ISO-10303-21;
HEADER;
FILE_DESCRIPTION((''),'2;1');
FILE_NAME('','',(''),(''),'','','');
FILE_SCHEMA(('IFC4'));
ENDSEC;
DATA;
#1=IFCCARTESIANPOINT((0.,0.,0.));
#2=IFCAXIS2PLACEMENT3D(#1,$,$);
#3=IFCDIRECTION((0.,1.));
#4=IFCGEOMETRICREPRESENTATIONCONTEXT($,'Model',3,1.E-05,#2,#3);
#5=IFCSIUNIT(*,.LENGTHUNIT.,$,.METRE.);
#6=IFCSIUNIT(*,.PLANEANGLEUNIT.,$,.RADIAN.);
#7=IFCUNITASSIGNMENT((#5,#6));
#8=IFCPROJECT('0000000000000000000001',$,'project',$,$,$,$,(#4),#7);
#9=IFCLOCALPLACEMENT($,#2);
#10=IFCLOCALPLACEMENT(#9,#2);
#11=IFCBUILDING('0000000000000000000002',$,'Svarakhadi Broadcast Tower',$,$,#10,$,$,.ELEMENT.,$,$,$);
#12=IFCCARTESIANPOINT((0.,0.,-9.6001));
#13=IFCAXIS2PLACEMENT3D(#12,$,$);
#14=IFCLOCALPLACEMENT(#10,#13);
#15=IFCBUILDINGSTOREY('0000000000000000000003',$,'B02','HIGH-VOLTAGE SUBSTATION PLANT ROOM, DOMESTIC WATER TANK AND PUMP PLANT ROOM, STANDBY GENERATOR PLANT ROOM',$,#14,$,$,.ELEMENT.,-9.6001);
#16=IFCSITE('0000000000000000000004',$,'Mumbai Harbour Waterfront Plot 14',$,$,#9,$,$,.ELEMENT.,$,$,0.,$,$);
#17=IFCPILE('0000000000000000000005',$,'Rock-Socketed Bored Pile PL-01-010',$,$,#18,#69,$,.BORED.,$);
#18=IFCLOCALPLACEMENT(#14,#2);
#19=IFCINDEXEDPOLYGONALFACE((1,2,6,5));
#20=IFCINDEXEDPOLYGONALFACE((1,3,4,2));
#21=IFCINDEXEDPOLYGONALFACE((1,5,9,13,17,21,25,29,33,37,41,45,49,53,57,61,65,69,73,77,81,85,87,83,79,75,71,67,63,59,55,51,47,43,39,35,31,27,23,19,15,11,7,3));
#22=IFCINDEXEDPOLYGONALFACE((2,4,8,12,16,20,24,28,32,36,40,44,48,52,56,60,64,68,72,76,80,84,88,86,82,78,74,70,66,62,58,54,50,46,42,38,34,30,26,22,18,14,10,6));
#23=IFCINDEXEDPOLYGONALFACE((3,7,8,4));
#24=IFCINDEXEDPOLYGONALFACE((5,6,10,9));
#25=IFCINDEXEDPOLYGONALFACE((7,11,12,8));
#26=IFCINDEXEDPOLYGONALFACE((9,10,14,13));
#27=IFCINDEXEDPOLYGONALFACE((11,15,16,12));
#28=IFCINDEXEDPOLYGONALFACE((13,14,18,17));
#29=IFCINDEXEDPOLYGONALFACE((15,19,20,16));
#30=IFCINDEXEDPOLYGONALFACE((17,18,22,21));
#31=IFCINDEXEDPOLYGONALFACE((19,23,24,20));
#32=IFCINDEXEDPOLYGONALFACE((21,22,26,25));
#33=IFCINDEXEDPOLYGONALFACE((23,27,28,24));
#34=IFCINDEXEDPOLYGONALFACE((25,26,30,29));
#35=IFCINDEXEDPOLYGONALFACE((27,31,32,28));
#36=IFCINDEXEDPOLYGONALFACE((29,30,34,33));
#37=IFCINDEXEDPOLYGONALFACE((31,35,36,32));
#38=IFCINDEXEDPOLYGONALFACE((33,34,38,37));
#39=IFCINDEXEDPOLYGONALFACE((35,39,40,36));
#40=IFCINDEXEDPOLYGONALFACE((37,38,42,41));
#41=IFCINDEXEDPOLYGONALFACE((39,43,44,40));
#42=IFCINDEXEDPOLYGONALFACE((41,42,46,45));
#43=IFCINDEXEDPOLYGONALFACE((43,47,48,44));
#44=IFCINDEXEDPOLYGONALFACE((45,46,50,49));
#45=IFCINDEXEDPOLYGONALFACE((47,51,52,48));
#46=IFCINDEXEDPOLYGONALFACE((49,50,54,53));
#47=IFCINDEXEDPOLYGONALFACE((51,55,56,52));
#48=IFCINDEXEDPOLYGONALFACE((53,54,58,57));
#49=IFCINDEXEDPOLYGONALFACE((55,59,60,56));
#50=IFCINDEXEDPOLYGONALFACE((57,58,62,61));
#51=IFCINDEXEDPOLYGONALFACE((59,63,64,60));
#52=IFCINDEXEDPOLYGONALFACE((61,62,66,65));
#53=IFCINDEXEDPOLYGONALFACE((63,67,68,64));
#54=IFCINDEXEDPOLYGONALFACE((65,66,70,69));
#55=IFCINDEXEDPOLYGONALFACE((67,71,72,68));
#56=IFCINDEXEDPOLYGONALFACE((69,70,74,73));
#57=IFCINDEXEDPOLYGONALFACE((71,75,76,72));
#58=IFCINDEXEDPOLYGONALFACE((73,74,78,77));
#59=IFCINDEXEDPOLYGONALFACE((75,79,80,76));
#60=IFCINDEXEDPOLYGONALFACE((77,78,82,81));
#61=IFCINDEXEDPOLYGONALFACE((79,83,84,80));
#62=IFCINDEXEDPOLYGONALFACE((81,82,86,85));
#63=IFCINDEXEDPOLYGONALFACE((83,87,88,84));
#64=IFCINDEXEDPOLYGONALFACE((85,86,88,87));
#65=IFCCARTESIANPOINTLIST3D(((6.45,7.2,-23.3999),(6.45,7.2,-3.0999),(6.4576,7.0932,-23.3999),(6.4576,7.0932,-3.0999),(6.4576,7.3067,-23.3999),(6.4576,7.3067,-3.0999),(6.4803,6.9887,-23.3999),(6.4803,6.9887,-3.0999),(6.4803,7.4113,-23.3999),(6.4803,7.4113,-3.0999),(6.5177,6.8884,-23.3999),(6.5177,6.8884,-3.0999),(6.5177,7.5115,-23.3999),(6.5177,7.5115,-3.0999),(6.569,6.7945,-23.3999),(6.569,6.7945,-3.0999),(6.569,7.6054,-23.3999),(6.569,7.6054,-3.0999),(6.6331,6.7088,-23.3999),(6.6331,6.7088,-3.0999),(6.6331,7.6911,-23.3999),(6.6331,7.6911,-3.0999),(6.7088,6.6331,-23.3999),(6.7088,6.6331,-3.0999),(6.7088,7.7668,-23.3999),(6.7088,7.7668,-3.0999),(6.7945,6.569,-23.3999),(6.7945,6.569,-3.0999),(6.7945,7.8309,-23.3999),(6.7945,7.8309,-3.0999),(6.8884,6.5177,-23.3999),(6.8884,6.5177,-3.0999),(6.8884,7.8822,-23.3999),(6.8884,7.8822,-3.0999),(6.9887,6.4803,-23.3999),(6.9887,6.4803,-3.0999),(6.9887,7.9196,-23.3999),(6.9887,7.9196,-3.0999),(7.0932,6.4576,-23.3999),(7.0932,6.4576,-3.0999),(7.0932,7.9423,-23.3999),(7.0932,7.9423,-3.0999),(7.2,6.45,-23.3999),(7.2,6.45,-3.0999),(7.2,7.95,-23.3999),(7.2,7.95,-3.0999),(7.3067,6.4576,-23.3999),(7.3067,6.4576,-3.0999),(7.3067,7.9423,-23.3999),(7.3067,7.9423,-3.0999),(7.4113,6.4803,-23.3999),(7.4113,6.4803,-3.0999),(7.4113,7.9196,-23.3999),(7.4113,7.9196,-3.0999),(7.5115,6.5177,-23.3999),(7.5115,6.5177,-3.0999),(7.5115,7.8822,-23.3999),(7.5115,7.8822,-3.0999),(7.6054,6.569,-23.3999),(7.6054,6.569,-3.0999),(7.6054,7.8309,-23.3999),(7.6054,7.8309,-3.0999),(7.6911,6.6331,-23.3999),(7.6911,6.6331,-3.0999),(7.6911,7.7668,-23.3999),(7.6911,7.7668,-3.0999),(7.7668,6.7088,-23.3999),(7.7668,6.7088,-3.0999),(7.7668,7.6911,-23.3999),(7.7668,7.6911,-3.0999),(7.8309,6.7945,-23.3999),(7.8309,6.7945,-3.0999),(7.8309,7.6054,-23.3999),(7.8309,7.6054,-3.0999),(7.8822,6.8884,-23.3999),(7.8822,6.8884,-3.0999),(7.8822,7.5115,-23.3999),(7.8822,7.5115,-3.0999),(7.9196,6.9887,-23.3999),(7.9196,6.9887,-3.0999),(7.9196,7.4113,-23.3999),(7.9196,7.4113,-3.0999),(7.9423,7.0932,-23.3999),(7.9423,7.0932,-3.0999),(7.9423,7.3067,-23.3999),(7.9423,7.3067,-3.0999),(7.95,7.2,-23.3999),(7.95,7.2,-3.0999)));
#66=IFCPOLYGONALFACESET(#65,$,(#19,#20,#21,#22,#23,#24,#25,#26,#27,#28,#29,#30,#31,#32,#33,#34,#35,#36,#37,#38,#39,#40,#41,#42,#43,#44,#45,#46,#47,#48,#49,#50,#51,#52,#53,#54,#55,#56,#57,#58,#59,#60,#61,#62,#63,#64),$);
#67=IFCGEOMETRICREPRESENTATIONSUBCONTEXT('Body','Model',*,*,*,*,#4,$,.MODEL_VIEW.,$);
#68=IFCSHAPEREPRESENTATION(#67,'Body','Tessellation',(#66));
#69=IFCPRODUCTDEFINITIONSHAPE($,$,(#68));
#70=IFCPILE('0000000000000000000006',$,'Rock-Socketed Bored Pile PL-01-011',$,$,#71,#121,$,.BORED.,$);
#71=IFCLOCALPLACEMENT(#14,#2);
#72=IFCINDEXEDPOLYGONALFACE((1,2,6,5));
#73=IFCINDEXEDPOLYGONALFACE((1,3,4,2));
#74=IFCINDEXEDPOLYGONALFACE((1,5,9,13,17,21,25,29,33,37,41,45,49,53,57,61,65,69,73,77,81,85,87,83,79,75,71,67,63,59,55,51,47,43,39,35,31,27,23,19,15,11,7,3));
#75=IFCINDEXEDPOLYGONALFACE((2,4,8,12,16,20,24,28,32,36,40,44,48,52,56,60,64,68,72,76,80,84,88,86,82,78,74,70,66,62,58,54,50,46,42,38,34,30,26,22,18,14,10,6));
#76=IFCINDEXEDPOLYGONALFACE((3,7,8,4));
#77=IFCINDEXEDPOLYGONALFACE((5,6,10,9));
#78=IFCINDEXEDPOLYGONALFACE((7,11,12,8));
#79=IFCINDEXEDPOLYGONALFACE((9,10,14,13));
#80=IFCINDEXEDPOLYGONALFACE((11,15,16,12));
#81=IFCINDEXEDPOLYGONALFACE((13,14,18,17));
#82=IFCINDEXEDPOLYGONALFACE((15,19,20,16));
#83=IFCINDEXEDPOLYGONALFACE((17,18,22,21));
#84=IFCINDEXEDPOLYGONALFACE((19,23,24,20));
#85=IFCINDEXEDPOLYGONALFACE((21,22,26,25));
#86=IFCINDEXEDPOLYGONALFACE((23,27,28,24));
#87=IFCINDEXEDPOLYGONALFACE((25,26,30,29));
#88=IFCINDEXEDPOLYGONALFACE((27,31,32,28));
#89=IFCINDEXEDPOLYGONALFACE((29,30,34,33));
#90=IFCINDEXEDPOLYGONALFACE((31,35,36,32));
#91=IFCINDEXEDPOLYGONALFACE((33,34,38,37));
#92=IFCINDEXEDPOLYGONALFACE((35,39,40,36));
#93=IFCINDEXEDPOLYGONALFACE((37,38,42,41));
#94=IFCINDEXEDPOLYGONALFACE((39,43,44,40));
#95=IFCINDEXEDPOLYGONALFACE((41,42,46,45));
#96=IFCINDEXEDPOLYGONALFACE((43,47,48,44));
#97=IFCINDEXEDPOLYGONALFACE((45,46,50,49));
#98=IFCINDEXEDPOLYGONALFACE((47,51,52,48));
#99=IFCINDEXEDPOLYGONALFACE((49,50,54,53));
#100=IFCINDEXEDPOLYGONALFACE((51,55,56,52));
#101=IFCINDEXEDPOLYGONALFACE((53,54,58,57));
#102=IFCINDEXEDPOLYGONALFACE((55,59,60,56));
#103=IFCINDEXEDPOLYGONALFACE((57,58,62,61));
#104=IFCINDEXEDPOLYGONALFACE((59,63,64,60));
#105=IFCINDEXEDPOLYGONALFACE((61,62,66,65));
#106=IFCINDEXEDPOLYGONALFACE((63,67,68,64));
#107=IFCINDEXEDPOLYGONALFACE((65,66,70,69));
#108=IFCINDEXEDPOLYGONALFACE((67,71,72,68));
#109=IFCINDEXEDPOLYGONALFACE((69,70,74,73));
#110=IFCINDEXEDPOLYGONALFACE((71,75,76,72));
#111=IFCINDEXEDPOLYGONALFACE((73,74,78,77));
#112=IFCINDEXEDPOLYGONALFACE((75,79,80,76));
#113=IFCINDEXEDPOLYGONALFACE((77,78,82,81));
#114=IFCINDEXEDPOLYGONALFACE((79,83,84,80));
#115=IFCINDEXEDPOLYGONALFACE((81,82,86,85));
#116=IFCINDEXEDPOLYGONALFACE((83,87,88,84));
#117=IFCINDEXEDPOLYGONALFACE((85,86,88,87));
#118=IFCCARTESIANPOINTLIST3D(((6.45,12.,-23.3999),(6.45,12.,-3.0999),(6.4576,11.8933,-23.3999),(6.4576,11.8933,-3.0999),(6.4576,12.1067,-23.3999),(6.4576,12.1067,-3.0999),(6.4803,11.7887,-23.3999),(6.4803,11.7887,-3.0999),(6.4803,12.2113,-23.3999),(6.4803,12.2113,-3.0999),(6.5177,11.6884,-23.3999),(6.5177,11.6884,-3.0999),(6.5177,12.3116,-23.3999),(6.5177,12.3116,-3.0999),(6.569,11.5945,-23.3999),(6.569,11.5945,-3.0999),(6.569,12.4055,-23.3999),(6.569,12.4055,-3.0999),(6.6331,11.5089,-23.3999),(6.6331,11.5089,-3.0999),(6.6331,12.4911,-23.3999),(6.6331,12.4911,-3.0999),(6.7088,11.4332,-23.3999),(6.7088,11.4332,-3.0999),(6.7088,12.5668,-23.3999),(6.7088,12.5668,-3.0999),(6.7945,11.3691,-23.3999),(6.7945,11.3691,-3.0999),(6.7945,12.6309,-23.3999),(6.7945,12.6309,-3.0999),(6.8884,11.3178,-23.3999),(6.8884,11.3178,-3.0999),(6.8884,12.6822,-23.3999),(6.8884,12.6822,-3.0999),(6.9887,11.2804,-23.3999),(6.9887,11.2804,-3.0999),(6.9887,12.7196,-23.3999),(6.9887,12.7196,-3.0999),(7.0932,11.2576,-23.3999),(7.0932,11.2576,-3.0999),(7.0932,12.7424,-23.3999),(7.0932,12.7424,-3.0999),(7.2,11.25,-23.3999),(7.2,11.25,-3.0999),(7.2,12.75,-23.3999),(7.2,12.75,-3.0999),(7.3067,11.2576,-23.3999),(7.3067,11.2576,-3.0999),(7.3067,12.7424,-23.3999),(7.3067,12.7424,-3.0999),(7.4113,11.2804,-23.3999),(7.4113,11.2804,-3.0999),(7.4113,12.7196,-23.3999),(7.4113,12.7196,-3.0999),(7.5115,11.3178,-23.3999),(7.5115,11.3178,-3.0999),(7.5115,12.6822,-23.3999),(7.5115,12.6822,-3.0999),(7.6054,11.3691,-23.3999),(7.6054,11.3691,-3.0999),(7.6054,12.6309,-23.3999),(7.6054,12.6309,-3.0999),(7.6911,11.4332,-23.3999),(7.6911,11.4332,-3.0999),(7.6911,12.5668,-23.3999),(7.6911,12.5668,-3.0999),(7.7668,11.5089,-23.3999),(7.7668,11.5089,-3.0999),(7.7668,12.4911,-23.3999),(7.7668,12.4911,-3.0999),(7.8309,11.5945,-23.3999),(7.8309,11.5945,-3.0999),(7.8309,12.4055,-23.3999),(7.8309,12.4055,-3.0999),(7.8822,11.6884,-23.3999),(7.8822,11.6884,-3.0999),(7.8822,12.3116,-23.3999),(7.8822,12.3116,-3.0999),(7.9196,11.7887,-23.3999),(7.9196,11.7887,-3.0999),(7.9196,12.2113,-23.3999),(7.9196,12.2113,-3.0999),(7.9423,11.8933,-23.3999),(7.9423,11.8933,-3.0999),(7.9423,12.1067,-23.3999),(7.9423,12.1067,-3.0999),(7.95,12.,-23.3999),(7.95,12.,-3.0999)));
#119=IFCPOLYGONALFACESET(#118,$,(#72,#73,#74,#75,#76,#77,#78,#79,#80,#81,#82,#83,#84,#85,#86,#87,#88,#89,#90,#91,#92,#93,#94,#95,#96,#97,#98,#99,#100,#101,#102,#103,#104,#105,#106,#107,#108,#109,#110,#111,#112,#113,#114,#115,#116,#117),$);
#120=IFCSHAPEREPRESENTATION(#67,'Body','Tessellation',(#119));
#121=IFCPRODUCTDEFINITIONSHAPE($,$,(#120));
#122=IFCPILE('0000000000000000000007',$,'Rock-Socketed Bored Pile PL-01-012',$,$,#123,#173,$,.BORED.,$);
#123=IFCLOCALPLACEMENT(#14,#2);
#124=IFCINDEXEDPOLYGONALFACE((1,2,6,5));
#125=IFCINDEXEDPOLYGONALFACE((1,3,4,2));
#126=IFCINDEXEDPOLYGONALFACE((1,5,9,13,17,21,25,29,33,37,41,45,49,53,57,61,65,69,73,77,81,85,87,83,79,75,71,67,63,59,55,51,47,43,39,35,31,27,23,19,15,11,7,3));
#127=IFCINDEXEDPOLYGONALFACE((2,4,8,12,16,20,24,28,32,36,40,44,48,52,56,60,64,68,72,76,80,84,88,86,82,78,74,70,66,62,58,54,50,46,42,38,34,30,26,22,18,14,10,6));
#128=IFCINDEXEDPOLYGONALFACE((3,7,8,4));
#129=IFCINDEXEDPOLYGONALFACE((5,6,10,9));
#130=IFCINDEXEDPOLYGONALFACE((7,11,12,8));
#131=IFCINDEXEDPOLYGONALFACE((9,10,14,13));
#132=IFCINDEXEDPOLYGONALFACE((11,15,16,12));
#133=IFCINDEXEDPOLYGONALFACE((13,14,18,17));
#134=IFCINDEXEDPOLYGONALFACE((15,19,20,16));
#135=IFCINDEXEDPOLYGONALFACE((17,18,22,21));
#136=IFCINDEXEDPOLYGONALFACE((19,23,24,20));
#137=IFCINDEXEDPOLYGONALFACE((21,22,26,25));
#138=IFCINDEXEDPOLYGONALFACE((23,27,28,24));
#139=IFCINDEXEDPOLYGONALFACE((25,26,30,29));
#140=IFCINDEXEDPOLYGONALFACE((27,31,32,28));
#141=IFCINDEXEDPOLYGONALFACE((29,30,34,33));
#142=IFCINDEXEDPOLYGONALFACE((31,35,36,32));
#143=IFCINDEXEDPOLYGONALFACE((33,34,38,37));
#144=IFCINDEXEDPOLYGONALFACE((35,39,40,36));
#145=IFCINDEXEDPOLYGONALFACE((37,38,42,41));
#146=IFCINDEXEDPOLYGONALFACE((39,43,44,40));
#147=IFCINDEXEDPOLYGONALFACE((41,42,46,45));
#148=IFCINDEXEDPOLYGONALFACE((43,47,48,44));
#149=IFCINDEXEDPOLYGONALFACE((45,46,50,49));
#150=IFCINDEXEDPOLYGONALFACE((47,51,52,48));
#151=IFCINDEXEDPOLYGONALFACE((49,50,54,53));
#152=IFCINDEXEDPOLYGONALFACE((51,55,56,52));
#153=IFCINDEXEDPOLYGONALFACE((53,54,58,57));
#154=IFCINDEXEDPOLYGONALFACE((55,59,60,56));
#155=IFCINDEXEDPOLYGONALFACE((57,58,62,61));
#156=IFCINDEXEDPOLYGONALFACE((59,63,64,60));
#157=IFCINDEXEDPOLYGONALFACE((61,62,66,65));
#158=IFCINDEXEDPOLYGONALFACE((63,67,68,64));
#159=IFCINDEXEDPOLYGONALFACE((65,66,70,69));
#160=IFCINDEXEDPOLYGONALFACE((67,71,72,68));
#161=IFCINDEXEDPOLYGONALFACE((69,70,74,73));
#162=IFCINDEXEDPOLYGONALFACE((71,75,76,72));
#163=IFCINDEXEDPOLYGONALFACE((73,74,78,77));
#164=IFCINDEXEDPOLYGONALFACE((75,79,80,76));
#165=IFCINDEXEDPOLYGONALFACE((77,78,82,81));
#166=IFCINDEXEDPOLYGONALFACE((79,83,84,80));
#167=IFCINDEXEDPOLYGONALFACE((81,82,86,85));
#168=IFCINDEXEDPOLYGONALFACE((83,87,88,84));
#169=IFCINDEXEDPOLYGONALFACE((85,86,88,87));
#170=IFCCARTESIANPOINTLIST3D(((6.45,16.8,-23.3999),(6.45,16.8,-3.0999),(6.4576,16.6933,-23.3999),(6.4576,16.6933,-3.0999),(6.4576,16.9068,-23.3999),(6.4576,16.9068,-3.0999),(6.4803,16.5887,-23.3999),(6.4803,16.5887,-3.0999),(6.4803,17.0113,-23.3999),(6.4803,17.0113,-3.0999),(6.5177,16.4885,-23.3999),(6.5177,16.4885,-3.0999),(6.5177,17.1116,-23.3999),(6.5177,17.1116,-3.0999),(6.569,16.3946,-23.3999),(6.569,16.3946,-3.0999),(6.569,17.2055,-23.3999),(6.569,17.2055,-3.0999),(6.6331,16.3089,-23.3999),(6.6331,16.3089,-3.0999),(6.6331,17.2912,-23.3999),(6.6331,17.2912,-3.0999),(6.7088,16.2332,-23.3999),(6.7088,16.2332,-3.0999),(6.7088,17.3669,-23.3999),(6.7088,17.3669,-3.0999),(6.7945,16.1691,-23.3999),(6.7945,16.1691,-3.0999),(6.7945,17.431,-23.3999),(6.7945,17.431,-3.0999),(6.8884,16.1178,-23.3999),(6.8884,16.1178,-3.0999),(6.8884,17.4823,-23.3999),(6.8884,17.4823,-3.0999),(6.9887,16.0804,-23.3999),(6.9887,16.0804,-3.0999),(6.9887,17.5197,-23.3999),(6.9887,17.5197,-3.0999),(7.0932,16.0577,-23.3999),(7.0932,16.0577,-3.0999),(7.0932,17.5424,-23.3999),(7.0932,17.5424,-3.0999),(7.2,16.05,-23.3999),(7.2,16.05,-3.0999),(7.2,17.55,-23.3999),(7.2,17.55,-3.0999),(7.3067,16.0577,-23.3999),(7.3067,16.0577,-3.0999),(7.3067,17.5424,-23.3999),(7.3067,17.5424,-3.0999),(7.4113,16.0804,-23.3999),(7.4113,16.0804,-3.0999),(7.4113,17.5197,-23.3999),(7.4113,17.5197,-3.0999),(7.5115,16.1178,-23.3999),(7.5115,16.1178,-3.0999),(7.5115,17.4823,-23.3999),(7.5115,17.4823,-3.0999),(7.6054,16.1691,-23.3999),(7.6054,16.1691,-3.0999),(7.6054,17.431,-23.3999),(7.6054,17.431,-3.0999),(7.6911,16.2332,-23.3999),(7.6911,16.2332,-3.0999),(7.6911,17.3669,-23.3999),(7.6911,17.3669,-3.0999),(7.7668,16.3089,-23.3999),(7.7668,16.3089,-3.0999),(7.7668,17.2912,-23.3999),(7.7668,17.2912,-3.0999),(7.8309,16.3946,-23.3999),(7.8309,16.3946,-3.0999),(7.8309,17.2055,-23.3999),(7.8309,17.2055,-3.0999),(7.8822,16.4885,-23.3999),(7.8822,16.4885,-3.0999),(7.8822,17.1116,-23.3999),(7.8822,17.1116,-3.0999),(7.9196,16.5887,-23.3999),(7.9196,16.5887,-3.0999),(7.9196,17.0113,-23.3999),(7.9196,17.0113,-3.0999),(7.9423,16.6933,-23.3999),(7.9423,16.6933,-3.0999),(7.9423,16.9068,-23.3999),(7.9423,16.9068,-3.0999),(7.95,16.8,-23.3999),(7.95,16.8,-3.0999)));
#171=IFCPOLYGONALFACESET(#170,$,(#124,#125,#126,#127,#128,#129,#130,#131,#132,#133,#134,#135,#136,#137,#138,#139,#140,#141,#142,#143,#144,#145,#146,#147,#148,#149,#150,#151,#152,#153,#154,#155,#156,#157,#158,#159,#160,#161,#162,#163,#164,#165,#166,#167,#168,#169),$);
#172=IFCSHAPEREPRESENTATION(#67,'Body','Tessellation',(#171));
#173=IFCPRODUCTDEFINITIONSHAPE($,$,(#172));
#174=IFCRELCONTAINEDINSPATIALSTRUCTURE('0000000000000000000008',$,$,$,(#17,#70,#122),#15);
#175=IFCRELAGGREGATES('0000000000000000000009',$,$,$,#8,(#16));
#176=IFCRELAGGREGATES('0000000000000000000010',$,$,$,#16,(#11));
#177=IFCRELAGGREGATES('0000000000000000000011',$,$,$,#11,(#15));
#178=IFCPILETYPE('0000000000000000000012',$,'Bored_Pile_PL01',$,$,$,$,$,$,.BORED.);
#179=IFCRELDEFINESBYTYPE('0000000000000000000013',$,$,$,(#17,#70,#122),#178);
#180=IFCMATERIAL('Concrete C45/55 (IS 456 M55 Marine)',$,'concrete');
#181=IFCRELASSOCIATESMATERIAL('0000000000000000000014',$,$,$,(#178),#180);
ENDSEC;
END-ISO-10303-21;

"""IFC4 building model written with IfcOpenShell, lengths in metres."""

from ifc_helpers import new_model, si_unit, direction, frame, origin, origin_2d, place, context, subcontext, project, spatial, circle, extrude, material, material_profile, profile_set, type_object, element, save


model = new_model("IFC4")

# Units and contexts
model_context = context("Model", 3, precision=1e-05, world=origin(), true_north=direction((0.0, 1.0)))
body_context = subcontext(model_context, "Body", "Model", "MODEL_VIEW")
ifc_project = project(units=[si_unit("LENGTHUNIT", "METRE"), si_unit("PLANEANGLEUNIT", "RADIAN")], contexts=[model_context])

# Site, building, storey
site_placement = place(None, origin())
site = spatial("IfcSite", under=ifc_project, at=site_placement, Name="Mumbai Harbour Waterfront Plot 14", CompositionType="ELEMENT", RefElevation=0.0)
building_placement = place(site_placement, origin())
building = spatial("IfcBuilding", under=site, at=building_placement, Name="Svarakhadi Broadcast Tower", CompositionType="ELEMENT")
storey_placement = place(building_placement, frame((0.0, 0.0, -9.6001)))
storey = spatial("IfcBuildingStorey", under=building, at=storey_placement, Name="B02", Description="HIGH-VOLTAGE SUBSTATION PLANT ROOM, DOMESTIC WATER TANK AND PUMP PLANT ROOM, STANDBY GENERATOR PLANT ROOM", CompositionType="ELEMENT", Elevation=-9.6001)

# Piles
ifc_material_1 = material(Name="Concrete C45/55 (IS 456 M55 Marine)", Category="concrete")
ifc_material_profile_1 = material_profile(ifc_material_1, circle(Radius=0.75, at=origin_2d()), Name="PILE D1500")
ifc_profile_set_1 = profile_set([ifc_material_profile_1], Name="Concrete C45/55 (IS 456 M55 Marine)")
pile_type = type_object("IfcPileType", Name="Bored_Pile_PL01", PredefinedType="BORED", material=ifc_profile_set_1)
for number, where, z_axis, x_axis, name in (
    (1, (7.2, 7.2, -3.0999), (0.0, 0.0, -1.0), (1.0, 0.0, 0.0), "Rock-Socketed Bored Pile PL-01-010"),
    (2, (7.2, 12.0, -3.0999), (0.0, 0.0, -1.0), (1.0, 0.0, 0.0), "Rock-Socketed Bored Pile PL-01-011"),
    (3, (7.2, 16.8, -3.0999), (0.0, 0.0, -1.0), (1.0, 0.0, 0.0), "Rock-Socketed Bored Pile PL-01-012"),
):
    element("IfcPile", number, at=place(storey_placement, frame(where, z_axis=z_axis, x_axis=x_axis)), inside=storey, type_object=pile_type, Name=name, PredefinedType="BORED", context=body_context, shape_type="SweptSolid", body=[
        extrude(circle(Radius=0.75, at=origin_2d()), origin(), (0.0, 0.0, 1.0), 20.3),
    ])

save(model, "model.ifc")
